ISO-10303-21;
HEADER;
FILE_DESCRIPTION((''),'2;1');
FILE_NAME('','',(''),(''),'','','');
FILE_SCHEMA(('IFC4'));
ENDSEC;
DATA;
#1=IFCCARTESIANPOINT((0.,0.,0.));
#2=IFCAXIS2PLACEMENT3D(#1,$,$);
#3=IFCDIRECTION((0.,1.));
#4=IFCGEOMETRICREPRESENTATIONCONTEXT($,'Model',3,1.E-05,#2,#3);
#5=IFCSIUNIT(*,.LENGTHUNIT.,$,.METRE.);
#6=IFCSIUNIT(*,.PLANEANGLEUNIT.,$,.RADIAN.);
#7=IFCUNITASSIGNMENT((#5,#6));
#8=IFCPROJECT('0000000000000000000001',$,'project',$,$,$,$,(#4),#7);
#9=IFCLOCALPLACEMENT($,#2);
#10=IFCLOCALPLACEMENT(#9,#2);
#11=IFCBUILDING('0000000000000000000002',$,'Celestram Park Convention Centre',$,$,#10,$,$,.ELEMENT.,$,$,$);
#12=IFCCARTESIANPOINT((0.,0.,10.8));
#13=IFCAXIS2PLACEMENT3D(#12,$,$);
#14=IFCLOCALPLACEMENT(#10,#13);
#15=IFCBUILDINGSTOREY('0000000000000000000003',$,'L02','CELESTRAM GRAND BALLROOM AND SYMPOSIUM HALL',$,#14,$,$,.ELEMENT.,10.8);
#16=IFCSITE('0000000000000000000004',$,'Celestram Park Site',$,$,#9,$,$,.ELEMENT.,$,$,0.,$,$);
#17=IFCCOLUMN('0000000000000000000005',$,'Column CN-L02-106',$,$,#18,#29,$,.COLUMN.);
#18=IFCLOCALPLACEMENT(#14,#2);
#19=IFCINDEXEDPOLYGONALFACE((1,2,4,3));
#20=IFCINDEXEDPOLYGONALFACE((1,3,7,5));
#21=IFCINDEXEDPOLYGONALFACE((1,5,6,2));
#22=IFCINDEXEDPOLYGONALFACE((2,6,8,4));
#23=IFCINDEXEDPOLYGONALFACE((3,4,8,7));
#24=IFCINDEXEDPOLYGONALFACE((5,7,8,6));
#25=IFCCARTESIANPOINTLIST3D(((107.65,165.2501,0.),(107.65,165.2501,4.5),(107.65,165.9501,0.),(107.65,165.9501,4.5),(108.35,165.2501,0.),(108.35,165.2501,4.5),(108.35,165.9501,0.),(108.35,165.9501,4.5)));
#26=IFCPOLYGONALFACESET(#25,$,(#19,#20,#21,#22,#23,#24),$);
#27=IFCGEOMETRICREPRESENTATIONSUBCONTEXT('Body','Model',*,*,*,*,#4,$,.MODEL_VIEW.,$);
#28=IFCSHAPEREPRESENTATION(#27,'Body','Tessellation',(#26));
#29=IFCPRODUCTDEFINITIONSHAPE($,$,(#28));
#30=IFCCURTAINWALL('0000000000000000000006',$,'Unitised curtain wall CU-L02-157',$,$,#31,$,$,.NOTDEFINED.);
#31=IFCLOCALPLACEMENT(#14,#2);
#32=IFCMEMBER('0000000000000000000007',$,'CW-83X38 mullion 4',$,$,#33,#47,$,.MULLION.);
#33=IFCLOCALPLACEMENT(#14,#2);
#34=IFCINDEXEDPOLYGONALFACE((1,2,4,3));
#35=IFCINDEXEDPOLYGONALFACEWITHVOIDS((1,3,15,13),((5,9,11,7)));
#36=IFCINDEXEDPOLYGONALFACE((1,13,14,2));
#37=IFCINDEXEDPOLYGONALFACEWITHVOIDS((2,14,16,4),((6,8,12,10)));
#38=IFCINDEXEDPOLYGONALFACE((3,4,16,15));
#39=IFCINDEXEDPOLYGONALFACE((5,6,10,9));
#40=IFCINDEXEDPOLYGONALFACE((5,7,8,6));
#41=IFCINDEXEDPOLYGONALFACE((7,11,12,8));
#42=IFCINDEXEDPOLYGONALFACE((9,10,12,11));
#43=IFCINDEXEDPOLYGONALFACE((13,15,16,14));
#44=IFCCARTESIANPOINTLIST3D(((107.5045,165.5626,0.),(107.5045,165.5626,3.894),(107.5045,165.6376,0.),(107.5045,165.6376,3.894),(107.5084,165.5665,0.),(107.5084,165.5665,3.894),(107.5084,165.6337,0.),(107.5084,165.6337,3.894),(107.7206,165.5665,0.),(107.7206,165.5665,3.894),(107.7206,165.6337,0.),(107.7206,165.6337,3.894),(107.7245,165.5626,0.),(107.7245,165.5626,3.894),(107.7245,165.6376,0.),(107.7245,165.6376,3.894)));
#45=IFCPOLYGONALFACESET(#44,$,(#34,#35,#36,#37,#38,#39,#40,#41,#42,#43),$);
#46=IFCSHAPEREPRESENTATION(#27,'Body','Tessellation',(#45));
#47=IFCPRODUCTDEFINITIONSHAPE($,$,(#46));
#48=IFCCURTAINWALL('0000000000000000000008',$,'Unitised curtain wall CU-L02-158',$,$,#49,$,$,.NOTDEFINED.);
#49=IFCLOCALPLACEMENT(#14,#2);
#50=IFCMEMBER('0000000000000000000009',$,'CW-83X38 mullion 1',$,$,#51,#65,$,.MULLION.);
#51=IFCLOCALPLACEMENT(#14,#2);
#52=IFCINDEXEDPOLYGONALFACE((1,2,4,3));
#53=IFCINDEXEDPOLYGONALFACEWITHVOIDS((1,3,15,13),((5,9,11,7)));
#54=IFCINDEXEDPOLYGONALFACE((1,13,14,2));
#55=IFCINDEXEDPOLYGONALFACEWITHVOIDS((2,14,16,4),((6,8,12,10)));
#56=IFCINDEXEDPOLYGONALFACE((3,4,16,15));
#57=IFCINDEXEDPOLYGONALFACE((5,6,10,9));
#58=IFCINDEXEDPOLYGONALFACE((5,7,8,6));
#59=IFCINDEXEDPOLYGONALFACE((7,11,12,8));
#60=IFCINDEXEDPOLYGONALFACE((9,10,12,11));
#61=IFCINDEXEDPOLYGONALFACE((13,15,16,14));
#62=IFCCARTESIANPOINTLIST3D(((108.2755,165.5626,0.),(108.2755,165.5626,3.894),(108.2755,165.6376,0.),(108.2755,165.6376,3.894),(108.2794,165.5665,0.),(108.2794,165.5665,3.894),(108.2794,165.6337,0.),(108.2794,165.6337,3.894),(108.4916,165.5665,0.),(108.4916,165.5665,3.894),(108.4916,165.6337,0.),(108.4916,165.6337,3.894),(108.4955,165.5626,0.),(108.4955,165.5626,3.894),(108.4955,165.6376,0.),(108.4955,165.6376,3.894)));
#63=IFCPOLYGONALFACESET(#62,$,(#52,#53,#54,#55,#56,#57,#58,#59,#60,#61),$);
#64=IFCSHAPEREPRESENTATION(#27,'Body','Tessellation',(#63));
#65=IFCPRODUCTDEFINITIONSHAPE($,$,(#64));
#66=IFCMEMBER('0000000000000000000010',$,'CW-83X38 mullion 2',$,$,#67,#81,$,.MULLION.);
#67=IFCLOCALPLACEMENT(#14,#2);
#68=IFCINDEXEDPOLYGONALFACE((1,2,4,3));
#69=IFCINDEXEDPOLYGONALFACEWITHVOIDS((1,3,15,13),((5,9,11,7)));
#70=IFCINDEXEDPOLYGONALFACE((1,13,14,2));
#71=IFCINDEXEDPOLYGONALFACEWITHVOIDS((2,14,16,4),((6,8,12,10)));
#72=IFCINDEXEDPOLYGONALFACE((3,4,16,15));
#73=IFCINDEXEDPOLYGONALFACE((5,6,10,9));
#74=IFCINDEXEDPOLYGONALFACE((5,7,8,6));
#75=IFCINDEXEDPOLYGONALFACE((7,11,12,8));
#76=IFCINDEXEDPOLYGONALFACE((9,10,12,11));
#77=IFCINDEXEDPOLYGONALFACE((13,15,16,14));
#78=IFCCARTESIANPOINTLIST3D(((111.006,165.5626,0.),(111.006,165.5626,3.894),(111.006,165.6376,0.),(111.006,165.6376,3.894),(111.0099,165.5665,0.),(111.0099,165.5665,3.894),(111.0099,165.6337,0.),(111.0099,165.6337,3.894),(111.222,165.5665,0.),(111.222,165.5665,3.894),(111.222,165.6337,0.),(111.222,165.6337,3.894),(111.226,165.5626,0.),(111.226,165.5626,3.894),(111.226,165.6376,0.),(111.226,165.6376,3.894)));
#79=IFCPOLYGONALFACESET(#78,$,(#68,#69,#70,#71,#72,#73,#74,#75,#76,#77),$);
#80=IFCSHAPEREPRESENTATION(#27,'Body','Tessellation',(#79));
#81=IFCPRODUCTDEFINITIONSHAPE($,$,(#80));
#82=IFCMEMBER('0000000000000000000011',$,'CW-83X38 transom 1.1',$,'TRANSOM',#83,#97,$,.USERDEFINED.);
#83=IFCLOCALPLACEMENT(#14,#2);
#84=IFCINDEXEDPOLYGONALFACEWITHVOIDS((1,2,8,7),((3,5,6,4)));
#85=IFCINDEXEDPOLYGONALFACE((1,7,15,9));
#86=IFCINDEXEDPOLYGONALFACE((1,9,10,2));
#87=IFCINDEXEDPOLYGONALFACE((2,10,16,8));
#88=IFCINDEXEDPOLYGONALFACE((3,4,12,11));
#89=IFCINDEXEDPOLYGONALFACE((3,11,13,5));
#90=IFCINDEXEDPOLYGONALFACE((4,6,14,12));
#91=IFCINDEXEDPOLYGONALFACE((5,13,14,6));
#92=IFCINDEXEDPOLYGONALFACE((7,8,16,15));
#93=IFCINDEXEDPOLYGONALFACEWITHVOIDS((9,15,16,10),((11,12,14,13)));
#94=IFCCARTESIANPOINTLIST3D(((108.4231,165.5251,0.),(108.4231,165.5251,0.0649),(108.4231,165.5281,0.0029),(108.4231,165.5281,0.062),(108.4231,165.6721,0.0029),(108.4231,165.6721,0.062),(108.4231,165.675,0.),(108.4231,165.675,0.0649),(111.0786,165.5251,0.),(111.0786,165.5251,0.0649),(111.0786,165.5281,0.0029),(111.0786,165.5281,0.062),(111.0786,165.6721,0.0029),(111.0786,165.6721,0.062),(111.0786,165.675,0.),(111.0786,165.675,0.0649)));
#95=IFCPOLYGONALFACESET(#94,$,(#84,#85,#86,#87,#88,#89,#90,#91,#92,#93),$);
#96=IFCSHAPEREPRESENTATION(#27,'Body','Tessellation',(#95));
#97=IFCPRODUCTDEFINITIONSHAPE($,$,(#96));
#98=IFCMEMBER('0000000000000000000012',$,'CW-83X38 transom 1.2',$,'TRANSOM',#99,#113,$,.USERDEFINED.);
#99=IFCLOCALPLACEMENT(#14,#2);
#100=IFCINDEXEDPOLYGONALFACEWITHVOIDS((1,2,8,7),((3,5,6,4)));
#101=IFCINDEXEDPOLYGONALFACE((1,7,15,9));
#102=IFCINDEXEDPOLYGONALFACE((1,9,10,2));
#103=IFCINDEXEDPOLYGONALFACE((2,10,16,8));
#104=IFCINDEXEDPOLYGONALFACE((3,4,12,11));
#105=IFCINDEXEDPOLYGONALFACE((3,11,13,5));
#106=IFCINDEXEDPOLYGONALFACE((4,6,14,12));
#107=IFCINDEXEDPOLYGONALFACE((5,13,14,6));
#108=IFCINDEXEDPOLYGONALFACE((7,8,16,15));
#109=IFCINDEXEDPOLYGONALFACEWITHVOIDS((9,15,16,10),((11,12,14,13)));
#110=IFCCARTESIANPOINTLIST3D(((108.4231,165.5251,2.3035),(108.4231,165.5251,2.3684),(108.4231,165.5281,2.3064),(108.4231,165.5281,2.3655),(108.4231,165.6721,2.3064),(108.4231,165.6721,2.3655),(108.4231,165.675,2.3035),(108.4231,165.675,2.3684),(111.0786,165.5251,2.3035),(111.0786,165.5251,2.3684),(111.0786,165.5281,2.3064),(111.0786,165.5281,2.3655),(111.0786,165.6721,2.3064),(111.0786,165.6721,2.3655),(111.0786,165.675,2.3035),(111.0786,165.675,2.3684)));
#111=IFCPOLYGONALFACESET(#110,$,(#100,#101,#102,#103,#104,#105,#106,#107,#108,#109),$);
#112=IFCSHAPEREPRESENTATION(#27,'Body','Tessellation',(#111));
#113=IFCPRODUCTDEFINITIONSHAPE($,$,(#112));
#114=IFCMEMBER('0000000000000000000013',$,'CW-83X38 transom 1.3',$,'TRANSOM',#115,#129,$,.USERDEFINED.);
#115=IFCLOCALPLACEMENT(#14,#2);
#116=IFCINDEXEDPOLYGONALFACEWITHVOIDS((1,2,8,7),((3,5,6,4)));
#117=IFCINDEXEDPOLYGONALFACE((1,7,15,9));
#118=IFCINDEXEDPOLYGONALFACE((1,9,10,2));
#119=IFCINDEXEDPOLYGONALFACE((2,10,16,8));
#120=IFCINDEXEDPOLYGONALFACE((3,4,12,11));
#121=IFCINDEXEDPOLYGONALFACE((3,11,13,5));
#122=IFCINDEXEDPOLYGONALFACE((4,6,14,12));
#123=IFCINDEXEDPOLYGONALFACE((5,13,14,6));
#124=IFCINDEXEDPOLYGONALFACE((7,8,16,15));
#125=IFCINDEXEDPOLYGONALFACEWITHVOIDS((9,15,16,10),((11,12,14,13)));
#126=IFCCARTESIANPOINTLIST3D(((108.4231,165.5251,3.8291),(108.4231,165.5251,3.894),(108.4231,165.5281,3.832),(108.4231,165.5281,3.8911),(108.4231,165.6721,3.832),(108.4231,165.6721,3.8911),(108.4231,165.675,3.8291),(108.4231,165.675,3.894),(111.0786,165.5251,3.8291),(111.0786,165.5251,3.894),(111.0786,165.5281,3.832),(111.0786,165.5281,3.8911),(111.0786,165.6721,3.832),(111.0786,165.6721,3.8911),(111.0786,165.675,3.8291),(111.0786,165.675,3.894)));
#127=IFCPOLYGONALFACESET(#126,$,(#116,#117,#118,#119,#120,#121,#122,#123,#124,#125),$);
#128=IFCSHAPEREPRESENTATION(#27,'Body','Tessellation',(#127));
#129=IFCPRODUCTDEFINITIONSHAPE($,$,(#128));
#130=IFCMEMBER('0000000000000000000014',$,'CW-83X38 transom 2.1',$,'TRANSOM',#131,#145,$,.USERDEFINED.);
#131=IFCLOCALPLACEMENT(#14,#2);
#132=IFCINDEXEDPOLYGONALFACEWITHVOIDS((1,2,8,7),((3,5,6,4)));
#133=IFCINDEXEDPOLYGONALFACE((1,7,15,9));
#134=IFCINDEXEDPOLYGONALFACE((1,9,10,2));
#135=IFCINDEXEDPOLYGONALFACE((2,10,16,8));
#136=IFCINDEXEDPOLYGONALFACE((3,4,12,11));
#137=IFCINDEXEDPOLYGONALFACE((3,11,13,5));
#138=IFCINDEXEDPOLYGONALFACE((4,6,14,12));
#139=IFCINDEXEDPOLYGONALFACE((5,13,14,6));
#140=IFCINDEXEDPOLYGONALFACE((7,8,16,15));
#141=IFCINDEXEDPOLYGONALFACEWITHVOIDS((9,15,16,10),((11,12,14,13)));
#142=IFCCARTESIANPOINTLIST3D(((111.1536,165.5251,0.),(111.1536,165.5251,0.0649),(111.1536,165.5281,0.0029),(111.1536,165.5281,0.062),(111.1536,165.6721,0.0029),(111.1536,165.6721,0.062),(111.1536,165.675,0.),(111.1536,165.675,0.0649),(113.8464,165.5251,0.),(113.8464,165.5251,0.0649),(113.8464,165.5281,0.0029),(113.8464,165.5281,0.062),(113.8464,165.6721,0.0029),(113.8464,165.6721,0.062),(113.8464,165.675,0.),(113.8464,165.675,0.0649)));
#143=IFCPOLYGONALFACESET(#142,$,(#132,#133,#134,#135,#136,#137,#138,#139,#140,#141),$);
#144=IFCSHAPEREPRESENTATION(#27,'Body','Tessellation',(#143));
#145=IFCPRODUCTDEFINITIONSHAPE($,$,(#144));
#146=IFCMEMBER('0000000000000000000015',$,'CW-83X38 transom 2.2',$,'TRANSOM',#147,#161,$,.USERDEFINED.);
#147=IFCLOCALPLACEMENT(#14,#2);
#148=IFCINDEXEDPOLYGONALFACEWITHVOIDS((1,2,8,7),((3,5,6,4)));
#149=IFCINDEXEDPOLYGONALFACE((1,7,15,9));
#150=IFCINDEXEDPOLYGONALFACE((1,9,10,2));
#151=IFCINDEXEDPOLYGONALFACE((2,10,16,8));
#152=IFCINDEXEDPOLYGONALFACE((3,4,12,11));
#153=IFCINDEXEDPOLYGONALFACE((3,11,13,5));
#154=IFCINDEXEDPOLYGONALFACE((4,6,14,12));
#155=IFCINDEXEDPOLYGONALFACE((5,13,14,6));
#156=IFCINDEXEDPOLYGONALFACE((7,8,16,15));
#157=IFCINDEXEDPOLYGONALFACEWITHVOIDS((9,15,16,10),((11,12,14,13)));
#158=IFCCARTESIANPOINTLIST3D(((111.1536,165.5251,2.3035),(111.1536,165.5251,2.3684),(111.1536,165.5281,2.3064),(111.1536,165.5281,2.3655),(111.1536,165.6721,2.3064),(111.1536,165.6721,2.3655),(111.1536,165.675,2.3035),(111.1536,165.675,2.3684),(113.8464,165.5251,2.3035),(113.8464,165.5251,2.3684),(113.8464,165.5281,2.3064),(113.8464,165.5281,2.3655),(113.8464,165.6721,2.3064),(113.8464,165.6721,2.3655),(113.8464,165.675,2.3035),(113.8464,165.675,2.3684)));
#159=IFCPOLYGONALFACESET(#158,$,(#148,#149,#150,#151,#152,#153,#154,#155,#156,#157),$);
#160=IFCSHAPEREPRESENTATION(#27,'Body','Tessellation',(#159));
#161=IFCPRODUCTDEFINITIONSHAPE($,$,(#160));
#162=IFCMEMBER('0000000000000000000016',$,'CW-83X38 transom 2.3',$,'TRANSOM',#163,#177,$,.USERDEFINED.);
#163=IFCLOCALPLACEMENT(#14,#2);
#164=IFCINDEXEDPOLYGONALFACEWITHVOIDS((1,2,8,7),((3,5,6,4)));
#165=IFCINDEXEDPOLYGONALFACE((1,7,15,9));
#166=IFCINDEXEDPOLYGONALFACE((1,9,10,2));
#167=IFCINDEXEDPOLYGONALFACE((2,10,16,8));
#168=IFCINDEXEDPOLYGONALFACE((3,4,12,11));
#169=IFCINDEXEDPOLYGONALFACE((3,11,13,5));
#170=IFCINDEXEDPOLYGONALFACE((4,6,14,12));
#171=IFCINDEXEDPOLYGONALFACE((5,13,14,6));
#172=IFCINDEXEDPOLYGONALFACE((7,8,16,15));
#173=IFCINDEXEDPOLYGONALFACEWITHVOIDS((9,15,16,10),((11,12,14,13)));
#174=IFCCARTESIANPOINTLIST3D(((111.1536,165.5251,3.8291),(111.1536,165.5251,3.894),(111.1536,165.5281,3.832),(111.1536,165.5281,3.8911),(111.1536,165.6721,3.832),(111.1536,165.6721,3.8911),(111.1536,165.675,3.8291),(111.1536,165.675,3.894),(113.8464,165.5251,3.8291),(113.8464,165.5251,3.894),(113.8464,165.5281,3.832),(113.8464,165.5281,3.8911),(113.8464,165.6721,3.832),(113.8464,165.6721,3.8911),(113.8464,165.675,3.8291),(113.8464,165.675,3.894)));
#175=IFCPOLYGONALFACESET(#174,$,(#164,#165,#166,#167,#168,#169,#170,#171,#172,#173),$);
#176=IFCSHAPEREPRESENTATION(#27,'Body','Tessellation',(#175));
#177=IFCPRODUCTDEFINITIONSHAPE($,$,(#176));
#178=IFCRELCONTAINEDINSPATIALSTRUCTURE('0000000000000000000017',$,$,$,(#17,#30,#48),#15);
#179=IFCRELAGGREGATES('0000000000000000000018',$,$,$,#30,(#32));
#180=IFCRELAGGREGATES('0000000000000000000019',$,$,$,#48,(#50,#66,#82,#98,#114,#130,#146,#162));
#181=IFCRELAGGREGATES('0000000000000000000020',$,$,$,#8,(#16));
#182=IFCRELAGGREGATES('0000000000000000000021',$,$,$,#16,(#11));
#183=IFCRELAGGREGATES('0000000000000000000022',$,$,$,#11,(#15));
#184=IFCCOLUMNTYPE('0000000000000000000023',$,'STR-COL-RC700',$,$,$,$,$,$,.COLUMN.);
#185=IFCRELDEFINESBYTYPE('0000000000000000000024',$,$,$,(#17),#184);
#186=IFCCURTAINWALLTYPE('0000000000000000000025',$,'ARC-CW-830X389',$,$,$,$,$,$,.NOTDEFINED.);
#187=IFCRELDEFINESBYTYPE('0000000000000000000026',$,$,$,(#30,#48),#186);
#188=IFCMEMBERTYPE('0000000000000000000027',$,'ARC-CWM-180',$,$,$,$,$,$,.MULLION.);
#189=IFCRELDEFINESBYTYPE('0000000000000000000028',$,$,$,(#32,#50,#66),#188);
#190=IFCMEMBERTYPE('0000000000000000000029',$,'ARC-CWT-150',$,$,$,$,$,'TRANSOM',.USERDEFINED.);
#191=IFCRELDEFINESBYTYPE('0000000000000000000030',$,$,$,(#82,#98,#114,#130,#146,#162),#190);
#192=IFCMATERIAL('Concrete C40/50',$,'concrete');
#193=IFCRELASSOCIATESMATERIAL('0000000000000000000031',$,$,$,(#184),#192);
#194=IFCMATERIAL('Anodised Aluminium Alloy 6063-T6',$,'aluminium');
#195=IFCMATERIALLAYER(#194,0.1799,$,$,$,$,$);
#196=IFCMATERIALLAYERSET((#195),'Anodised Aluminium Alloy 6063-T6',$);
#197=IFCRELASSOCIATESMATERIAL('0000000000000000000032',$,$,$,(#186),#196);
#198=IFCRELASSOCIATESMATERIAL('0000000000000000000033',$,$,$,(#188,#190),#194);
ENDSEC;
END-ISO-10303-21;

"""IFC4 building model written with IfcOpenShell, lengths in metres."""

from ifc_helpers import new_model, si_unit, direction, frame, origin, origin_2d, place, context, subcontext, project, spatial, rectangle, hollow_rectangle, extrude, material, layer, layer_set, material_profile, profile_set, type_object, element, aggregate, save


model = new_model("IFC4")

# Units and contexts
model_context = context("Model", 3, precision=1e-05, world=origin(), true_north=direction((0.0, 1.0)))
body_context = subcontext(model_context, "Body", "Model", "MODEL_VIEW")
ifc_project = project(units=[si_unit("LENGTHUNIT", "METRE"), si_unit("PLANEANGLEUNIT", "RADIAN")], contexts=[model_context])

# Site, building, storey
site_placement = place(None, origin())
site = spatial("IfcSite", under=ifc_project, at=site_placement, Name="Celestram Park Site", CompositionType="ELEMENT", RefElevation=0.0)
building_placement = place(site_placement, origin())
building = spatial("IfcBuilding", under=site, at=building_placement, Name="Celestram Park Convention Centre", CompositionType="ELEMENT")
storey_placement = place(building_placement, frame((0.0, 0.0, 10.8)))
storey = spatial("IfcBuildingStorey", under=building, at=storey_placement, Name="L02", Description="CELESTRAM GRAND BALLROOM AND SYMPOSIUM HALL", CompositionType="ELEMENT", Elevation=10.8)

# Column
ifc_material_1 = material(Name="Concrete C40/50", Category="concrete")
ifc_material_profile_1 = material_profile(ifc_material_1, rectangle(XDim=0.7, YDim=0.7, at=origin_2d()), Name="RC700X700")
ifc_profile_set_1 = profile_set([ifc_material_profile_1], Name="Concrete C40/50")
column_type = type_object("IfcColumnType", Name="STR-COL-RC700", PredefinedType="COLUMN", material=ifc_profile_set_1)
column_placement = place(storey_placement, frame((108.0, 165.6001, 0.0), z_axis=(0.0, 0.0, 1.0), x_axis=(1.0, 0.0, 0.0)))
element("IfcColumn", 1, at=column_placement, inside=storey, type_object=column_type, Name="Column CN-L02-106", PredefinedType="COLUMN", context=body_context, shape_type="SweptSolid", body=[
    extrude(rectangle(XDim=0.7, YDim=0.7, at=origin_2d()), origin(), (0.0, 0.0, 1.0), 4.5),
])

# Curtain wall, member
ifc_material_2 = material(Name="Anodised Aluminium Alloy 6063-T6", Category="aluminium")
ifc_layer_1 = layer(ifc_material_2, 0.1799)
ifc_layer_set_1 = layer_set([ifc_layer_1], Name="Anodised Aluminium Alloy 6063-T6")
curtain_wall_type = type_object("IfcCurtainWallType", Name="ARC-CW-830X389", PredefinedType="NOTDEFINED", material=ifc_layer_set_1)
curtain_wall_1_placement = place(storey_placement, origin())
curtain_wall_1 = element("IfcCurtainWall", 2, at=curtain_wall_1_placement, inside=storey, type_object=curtain_wall_type, Name="Unitised curtain wall CU-L02-157", PredefinedType="NOTDEFINED")
ifc_material_profile_2 = material_profile(ifc_material_2, hollow_rectangle(XDim=0.075, YDim=0.22, WallThickness=0.0039, at=origin_2d()), Name="ALU75X220X4")
ifc_profile_set_2 = profile_set([ifc_material_profile_2], Name="Anodised Aluminium Alloy 6063-T6")
member_type_1 = type_object("IfcMemberType", Name="ARC-CWM-180", PredefinedType="MULLION", material=ifc_profile_set_2)
member_1_placement = place(storey_placement, frame((107.6145, 165.6001, 0.0), z_axis=(0.0, 0.0, 1.0), x_axis=(0.0, 1.0, 0.0)))
member_1 = element("IfcMember", 3, at=member_1_placement, type_object=member_type_1, Name="CW-83X38 mullion 4", PredefinedType="MULLION", context=body_context, shape_type="SweptSolid", body=[
    extrude(hollow_rectangle(XDim=0.075, YDim=0.22, WallThickness=0.0039, at=origin_2d()), origin(), (0.0, 0.0, 1.0), 3.894),
])

# Curtain wall, members
curtain_wall_2_placement = place(storey_placement, origin())
curtain_wall_2 = element("IfcCurtainWall", 4, at=curtain_wall_2_placement, inside=storey, type_object=curtain_wall_type, Name="Unitised curtain wall CU-L02-158", PredefinedType="NOTDEFINED")
member_2_placement = place(storey_placement, frame((108.3855, 165.6001, 0.0), z_axis=(0.0, 0.0, 1.0), x_axis=(0.0, 1.0, 0.0)))
member_2 = element("IfcMember", 5, at=member_2_placement, type_object=member_type_1, Name="CW-83X38 mullion 1", PredefinedType="MULLION", context=body_context, shape_type="SweptSolid", body=[
    extrude(hollow_rectangle(XDim=0.075, YDim=0.22, WallThickness=0.0039, at=origin_2d()), origin(), (0.0, 0.0, 1.0), 3.894),
])
member_3_placement = place(storey_placement, frame((111.116, 165.6001, 0.0), z_axis=(0.0, 0.0, 1.0), x_axis=(0.0, 1.0, 0.0)))
member_3 = element("IfcMember", 6, at=member_3_placement, type_object=member_type_1, Name="CW-83X38 mullion 2", PredefinedType="MULLION", context=body_context, shape_type="SweptSolid", body=[
    extrude(hollow_rectangle(XDim=0.075, YDim=0.22, WallThickness=0.0039, at=origin_2d()), origin(), (0.0, 0.0, 1.0), 3.894),
])
ifc_material_profile_3 = material_profile(ifc_material_2, hollow_rectangle(XDim=0.1499, YDim=0.0649, WallThickness=0.0029, at=origin_2d()), Name="ALU150X65X3")
ifc_profile_set_3 = profile_set([ifc_material_profile_3], Name="Anodised Aluminium Alloy 6063-T6")
member_type_2 = type_object("IfcMemberType", Name="ARC-CWT-150", ElementType="TRANSOM", PredefinedType="USERDEFINED", material=ifc_profile_set_3)
member_4_placement = place(storey_placement, frame((108.4231, 165.6001, 0.0325), z_axis=(1.0, 0.0, 0.0), x_axis=(0.0, 1.0, 0.0)))
member_4 = element("IfcMember", 7, at=member_4_placement, type_object=member_type_2, Name="CW-83X38 transom 1.1", ObjectType="TRANSOM", PredefinedType="USERDEFINED", context=body_context, shape_type="SweptSolid", body=[
    extrude(hollow_rectangle(XDim=0.1499, YDim=0.0649, WallThickness=0.0029, at=origin_2d()), origin(), (0.0, 0.0, 1.0), 2.6555),
])
member_5_placement = place(storey_placement, frame((108.4231, 165.6001, 2.3359), z_axis=(1.0, 0.0, 0.0), x_axis=(0.0, 1.0, 0.0)))
member_5 = element("IfcMember", 8, at=member_5_placement, type_object=member_type_2, Name="CW-83X38 transom 1.2", ObjectType="TRANSOM", PredefinedType="USERDEFINED", context=body_context, shape_type="SweptSolid", body=[
    extrude(hollow_rectangle(XDim=0.1499, YDim=0.0649, WallThickness=0.0029, at=origin_2d()), origin(), (0.0, 0.0, 1.0), 2.6555),
])
member_6_placement = place(storey_placement, frame((108.4231, 165.6001, 3.8616), z_axis=(1.0, 0.0, 0.0), x_axis=(0.0, 1.0, 0.0)))
member_6 = element("IfcMember", 9, at=member_6_placement, type_object=member_type_2, Name="CW-83X38 transom 1.3", ObjectType="TRANSOM", PredefinedType="USERDEFINED", context=body_context, shape_type="SweptSolid", body=[
    extrude(hollow_rectangle(XDim=0.1499, YDim=0.0649, WallThickness=0.0029, at=origin_2d()), origin(), (0.0, 0.0, 1.0), 2.6555),
])
member_7_placement = place(storey_placement, frame((111.1536, 165.6001, 0.0325), z_axis=(1.0, 0.0, 0.0), x_axis=(0.0, 1.0, 0.0)))
member_7 = element("IfcMember", 10, at=member_7_placement, type_object=member_type_2, Name="CW-83X38 transom 2.1", ObjectType="TRANSOM", PredefinedType="USERDEFINED", context=body_context, shape_type="SweptSolid", body=[
    extrude(hollow_rectangle(XDim=0.1499, YDim=0.0649, WallThickness=0.0029, at=origin_2d()), origin(), (0.0, 0.0, 1.0), 2.6929),
])
member_8_placement = place(storey_placement, frame((111.1536, 165.6001, 2.3359), z_axis=(1.0, 0.0, 0.0), x_axis=(0.0, 1.0, 0.0)))
member_8 = element("IfcMember", 11, at=member_8_placement, type_object=member_type_2, Name="CW-83X38 transom 2.2", ObjectType="TRANSOM", PredefinedType="USERDEFINED", context=body_context, shape_type="SweptSolid", body=[
    extrude(hollow_rectangle(XDim=0.1499, YDim=0.0649, WallThickness=0.0029, at=origin_2d()), origin(), (0.0, 0.0, 1.0), 2.6929),
])
member_9_placement = place(storey_placement, frame((111.1536, 165.6001, 3.8616), z_axis=(1.0, 0.0, 0.0), x_axis=(0.0, 1.0, 0.0)))
member_9 = element("IfcMember", 12, at=member_9_placement, type_object=member_type_2, Name="CW-83X38 transom 2.3", ObjectType="TRANSOM", PredefinedType="USERDEFINED", context=body_context, shape_type="SweptSolid", body=[
    extrude(hollow_rectangle(XDim=0.1499, YDim=0.0649, WallThickness=0.0029, at=origin_2d()), origin(), (0.0, 0.0, 1.0), 2.6929),
])

aggregate(curtain_wall_1, [member_1])
aggregate(curtain_wall_2, [member_2, member_3, member_4, member_5, member_6, member_7, member_8, member_9])

save(model, "model.ifc")
